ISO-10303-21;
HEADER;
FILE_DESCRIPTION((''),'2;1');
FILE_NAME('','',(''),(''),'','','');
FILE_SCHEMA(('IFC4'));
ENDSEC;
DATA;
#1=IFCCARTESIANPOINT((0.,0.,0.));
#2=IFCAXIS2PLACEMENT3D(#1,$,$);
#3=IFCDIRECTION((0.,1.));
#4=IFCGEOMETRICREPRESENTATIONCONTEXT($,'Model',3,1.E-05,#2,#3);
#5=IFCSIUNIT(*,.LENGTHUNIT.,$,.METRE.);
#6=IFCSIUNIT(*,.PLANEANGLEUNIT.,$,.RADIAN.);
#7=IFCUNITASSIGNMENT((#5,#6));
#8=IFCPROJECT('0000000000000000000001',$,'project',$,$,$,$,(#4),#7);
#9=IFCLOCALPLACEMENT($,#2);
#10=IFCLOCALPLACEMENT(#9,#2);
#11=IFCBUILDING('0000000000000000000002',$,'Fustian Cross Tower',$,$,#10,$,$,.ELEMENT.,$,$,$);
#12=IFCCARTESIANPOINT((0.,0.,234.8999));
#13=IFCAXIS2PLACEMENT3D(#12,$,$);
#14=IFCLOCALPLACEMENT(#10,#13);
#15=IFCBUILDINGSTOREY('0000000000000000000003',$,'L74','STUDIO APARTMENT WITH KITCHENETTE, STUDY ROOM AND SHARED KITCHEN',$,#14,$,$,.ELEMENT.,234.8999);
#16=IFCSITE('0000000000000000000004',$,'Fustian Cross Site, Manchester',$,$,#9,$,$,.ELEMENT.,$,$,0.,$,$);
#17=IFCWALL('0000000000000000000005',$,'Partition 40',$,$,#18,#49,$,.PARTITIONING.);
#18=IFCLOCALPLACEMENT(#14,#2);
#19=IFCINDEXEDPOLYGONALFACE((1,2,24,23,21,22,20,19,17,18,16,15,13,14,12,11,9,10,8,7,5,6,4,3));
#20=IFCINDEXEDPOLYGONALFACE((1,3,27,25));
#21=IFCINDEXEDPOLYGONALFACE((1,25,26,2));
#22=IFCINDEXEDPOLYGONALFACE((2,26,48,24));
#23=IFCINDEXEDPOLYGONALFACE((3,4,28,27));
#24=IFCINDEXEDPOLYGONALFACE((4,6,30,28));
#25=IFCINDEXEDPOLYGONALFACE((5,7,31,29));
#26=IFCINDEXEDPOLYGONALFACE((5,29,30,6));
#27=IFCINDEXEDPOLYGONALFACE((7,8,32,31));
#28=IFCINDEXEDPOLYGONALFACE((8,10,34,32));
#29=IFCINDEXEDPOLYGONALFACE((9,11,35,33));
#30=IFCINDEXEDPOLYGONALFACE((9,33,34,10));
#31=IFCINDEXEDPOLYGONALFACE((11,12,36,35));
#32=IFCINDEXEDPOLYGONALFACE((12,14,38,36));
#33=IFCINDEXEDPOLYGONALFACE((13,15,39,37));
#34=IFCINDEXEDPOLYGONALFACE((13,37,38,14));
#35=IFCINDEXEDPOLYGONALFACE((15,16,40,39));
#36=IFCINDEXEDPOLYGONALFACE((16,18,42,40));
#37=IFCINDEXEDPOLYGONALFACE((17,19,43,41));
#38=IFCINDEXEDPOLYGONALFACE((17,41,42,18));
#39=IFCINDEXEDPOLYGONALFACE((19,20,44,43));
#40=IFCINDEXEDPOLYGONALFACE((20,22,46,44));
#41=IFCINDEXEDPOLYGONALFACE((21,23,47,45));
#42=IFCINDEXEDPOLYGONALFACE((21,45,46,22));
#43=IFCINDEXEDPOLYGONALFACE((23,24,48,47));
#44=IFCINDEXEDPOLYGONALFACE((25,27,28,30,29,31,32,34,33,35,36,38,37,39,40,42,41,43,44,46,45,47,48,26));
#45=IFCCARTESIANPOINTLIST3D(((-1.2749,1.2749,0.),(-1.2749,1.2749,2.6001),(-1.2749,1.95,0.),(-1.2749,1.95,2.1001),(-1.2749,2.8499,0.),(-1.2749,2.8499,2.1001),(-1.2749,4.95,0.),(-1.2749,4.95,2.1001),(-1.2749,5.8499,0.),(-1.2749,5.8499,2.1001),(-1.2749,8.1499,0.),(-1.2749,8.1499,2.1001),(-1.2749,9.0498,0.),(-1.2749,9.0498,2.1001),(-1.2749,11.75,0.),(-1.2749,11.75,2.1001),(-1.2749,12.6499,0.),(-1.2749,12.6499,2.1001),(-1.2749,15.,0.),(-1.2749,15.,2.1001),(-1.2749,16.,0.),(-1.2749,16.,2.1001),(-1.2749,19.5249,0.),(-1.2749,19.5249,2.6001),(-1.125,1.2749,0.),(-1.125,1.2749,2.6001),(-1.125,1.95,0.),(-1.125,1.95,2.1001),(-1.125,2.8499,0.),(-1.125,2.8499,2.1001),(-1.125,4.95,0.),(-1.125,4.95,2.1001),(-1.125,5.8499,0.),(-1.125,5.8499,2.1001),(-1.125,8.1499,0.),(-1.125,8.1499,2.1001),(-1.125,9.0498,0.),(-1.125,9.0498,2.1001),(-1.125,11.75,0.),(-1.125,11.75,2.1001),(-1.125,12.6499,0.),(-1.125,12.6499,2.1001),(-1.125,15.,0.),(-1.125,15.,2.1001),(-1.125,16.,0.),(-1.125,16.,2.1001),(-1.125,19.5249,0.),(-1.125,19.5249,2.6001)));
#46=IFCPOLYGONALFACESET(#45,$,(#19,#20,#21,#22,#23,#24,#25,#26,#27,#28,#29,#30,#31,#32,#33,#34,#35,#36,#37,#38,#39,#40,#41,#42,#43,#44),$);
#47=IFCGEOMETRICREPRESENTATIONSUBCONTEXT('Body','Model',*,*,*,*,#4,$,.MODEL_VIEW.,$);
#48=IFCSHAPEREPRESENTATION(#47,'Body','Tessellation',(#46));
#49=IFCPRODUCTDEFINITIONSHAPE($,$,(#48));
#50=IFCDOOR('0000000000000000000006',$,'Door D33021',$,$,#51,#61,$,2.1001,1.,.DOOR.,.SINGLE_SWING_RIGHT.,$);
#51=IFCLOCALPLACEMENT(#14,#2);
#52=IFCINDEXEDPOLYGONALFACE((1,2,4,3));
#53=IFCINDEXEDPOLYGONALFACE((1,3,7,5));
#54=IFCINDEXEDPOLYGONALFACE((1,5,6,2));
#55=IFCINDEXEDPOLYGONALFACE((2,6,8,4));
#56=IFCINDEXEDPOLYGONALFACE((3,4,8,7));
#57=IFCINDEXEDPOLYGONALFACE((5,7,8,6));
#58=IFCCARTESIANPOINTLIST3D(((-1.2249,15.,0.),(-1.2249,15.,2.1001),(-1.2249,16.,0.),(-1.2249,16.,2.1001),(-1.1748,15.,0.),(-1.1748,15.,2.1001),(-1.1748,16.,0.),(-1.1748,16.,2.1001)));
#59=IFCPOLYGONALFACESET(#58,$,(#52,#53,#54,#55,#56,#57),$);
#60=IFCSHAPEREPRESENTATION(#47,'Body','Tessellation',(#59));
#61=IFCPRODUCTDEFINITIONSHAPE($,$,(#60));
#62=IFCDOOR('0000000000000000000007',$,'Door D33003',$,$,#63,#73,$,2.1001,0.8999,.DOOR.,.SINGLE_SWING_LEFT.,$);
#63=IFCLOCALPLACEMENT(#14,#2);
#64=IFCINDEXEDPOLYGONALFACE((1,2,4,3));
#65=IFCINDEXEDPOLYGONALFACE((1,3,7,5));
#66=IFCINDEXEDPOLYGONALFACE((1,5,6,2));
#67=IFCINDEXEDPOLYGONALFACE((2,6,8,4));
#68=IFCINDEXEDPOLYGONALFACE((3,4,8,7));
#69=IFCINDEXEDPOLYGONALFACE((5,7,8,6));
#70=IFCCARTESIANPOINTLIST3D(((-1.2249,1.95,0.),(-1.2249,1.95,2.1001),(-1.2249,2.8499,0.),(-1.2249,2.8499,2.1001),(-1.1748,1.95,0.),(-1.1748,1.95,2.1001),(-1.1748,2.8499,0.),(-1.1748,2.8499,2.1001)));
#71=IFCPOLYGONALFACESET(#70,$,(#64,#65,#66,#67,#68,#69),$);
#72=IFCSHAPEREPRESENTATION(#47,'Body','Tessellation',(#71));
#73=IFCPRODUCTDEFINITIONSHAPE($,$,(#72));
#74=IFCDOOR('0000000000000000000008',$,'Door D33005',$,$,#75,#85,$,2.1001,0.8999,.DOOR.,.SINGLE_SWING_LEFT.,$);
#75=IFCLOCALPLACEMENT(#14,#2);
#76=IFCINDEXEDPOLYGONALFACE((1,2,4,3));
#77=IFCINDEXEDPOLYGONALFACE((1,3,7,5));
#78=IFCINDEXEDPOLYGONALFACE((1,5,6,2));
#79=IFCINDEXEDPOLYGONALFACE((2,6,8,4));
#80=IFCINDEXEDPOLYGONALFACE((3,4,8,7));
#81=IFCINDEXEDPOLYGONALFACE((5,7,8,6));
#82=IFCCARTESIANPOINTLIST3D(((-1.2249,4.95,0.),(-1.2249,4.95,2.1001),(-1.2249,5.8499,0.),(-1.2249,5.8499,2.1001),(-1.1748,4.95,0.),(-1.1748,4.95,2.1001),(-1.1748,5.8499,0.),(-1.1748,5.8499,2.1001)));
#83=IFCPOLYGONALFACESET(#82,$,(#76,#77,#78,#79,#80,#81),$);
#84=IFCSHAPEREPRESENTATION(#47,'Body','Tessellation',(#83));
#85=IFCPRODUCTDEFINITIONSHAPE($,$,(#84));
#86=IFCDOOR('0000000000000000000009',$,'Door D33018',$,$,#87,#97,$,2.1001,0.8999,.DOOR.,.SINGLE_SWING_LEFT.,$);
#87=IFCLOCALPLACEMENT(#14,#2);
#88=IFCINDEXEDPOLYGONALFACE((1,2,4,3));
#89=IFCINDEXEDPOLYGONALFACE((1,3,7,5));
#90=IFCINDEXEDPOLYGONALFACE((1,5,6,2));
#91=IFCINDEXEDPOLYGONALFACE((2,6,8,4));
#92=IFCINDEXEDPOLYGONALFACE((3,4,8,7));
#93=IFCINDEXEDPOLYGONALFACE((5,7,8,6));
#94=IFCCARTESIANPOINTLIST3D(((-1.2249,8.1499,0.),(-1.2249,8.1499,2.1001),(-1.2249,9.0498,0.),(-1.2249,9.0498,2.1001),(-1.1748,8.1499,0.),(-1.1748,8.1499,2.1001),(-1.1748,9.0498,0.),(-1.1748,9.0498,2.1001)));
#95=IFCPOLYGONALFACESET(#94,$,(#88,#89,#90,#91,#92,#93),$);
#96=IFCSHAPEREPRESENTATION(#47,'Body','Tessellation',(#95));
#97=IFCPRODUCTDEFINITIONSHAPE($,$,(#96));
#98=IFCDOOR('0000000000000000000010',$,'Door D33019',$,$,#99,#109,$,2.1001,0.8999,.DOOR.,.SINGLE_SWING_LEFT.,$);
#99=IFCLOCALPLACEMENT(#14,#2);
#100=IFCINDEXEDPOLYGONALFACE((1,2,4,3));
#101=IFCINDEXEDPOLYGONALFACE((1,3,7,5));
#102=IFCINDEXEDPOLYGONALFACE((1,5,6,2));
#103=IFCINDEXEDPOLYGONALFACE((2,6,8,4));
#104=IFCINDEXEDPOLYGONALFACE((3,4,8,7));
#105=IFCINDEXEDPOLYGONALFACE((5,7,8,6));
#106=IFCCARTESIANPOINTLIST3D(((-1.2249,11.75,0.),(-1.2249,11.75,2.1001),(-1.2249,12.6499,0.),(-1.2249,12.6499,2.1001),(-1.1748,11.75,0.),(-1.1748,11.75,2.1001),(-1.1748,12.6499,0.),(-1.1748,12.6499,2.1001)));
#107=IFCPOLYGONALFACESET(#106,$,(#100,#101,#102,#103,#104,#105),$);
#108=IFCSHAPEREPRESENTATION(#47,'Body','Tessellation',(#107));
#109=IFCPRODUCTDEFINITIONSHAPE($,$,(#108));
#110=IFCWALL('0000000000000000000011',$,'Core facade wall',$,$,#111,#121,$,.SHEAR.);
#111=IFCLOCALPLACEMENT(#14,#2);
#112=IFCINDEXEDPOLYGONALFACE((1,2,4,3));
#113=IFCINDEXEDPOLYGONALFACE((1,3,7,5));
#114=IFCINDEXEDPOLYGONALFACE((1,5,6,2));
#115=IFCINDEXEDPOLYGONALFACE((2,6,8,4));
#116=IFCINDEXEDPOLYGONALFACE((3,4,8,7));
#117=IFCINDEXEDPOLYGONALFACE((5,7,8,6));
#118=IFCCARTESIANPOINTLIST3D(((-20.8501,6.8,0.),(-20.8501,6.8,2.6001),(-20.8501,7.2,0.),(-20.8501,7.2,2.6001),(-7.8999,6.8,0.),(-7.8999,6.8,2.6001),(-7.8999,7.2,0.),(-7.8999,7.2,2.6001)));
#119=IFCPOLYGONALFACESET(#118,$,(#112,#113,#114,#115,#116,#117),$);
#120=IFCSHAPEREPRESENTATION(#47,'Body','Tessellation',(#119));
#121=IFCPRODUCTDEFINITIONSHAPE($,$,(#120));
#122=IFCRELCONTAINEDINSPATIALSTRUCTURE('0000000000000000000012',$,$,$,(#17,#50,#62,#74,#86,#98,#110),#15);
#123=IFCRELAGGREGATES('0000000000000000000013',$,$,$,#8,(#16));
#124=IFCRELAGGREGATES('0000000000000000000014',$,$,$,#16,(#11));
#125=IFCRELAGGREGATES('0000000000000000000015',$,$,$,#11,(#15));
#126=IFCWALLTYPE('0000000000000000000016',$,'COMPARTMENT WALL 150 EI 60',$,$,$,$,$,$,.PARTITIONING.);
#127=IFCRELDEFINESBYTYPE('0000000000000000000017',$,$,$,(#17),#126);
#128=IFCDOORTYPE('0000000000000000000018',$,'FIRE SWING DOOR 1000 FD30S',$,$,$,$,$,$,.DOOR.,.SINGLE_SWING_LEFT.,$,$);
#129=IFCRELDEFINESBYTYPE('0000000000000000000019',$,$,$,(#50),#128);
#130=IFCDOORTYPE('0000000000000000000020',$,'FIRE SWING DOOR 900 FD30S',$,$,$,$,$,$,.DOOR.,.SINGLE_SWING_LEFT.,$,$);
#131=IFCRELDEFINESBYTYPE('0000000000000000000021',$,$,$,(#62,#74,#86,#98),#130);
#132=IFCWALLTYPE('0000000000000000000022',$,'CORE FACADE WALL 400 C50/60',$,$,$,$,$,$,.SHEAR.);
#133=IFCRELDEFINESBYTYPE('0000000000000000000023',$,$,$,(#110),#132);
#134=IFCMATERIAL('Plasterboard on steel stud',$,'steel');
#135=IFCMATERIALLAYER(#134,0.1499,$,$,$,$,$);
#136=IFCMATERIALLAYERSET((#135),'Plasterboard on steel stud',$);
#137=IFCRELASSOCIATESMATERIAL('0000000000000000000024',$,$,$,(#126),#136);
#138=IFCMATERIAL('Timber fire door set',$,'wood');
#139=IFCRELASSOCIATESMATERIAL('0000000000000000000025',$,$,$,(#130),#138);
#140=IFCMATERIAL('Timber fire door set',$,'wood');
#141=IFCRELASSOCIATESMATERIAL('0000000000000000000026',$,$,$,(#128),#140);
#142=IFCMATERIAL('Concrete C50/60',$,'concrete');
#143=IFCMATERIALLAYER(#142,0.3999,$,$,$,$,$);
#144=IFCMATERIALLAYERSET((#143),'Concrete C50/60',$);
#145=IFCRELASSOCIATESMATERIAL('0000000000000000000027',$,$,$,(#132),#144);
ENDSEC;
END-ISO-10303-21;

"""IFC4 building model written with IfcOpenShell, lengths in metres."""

from ifc_helpers import new_model, si_unit, direction, frame, frame_2d, origin, place, context, subcontext, project, spatial, rectangle, extrude, material, layer, layer_set, type_object, element, fill, save


model = new_model("IFC4")

# Units and contexts
model_context = context("Model", 3, precision=1e-05, world=origin(), true_north=direction((0.0, 1.0)))
body_context = subcontext(model_context, "Body", "Model", "MODEL_VIEW")
ifc_project = project(units=[si_unit("LENGTHUNIT", "METRE"), si_unit("PLANEANGLEUNIT", "RADIAN")], contexts=[model_context])

# Site, building, storey
site_placement = place(None, origin())
site = spatial("IfcSite", under=ifc_project, at=site_placement, Name="Fustian Cross Site, Manchester", CompositionType="ELEMENT", RefElevation=0.0)
building_placement = place(site_placement, origin())
building = spatial("IfcBuilding", under=site, at=building_placement, Name="Fustian Cross Tower", CompositionType="ELEMENT")
storey_placement = place(building_placement, frame((0.0, 0.0, 234.8999)))
storey = spatial("IfcBuildingStorey", under=building, at=storey_placement, Name="L74", Description="STUDIO APARTMENT WITH KITCHENETTE, STUDY ROOM AND SHARED KITCHEN", CompositionType="ELEMENT", Elevation=234.8999)

# Shared definitions
ifc_material_1 = material(Name="Plasterboard on steel stud", Category="steel")
ifc_layer_1 = layer(ifc_material_1, 0.1499)
ifc_layer_set_1 = layer_set([ifc_layer_1], Name="Plasterboard on steel stud")
wall_type_1 = type_object("IfcWallType", Name="COMPARTMENT WALL 150 EI 60", PredefinedType="PARTITIONING", material=ifc_layer_set_1)
ifc_material_2 = material(Name="Timber fire door set", Category="wood")
door_type_1 = type_object("IfcDoorType", Name="FIRE SWING DOOR 900 FD30S", OperationType="SINGLE_SWING_LEFT", PredefinedType="DOOR", material=ifc_material_2)

# Wall, openings, doors
wall_1_placement = place(storey_placement, frame((-1.2, 1.2749, 0.0), z_axis=(0.0, 0.0, 1.0), x_axis=(0.0, 1.0, 0.0)))
wall_1 = element("IfcWall", 1, at=wall_1_placement, inside=storey, type_object=wall_type_1, Name="Partition 40", PredefinedType="PARTITIONING", context=body_context, shape_type="SweptSolid", body=[
    extrude(rectangle(XDim=18.25, YDim=0.1499, at=frame_2d((9.125, 0.0))), origin(), (0.0, 0.0, 1.0), 2.6001),
])
opening_1_placement = place(wall_1_placement, frame((0.675, 0.0, 0.0)))
opening_1 = element("IfcOpeningElement", 2, at=opening_1_placement, cuts=wall_1, PredefinedType="OPENING", context=body_context, shape_type="SweptSolid", body=[
    extrude(rectangle(XDim=0.8999, YDim=2.1001, at=frame_2d((0.45, 1.05))), frame((0.0, 0.085, 0.0), z_axis=(0.0, -1.0, 0.0), x_axis=(1.0, 0.0, 0.0)), (0.0, 0.0, 1.0), 0.1699),
])
opening_2_placement = place(wall_1_placement, frame((3.675, 0.0, 0.0)))
opening_2 = element("IfcOpeningElement", 3, at=opening_2_placement, cuts=wall_1, PredefinedType="OPENING", context=body_context, shape_type="SweptSolid", body=[
    extrude(rectangle(XDim=0.8999, YDim=2.1001, at=frame_2d((0.45, 1.05))), frame((0.0, 0.085, 0.0), z_axis=(0.0, -1.0, 0.0), x_axis=(1.0, 0.0, 0.0)), (0.0, 0.0, 1.0), 0.1699),
])
opening_3_placement = place(wall_1_placement, frame((6.875, 0.0, 0.0)))
opening_3 = element("IfcOpeningElement", 4, at=opening_3_placement, cuts=wall_1, PredefinedType="OPENING", context=body_context, shape_type="SweptSolid", body=[
    extrude(rectangle(XDim=0.8999, YDim=2.1001, at=frame_2d((0.45, 1.05))), frame((0.0, 0.085, 0.0), z_axis=(0.0, -1.0, 0.0), x_axis=(1.0, 0.0, 0.0)), (0.0, 0.0, 1.0), 0.1699),
])
opening_4_placement = place(wall_1_placement, frame((10.4751, 0.0, 0.0)))
opening_4 = element("IfcOpeningElement", 5, at=opening_4_placement, cuts=wall_1, PredefinedType="OPENING", context=body_context, shape_type="SweptSolid", body=[
    extrude(rectangle(XDim=0.8999, YDim=2.1001, at=frame_2d((0.45, 1.05))), frame((0.0, 0.085, 0.0), z_axis=(0.0, -1.0, 0.0), x_axis=(1.0, 0.0, 0.0)), (0.0, 0.0, 1.0), 0.1699),
])
opening_5_placement = place(wall_1_placement, frame((13.7251, 0.0, 0.0)))
opening_5 = element("IfcOpeningElement", 6, at=opening_5_placement, cuts=wall_1, PredefinedType="OPENING", context=body_context, shape_type="SweptSolid", body=[
    extrude(rectangle(XDim=1.0, YDim=2.1001, at=frame_2d((0.5, 1.05))), frame((0.0, 0.085, 0.0), z_axis=(0.0, -1.0, 0.0), x_axis=(1.0, 0.0, 0.0)), (0.0, 0.0, 1.0), 0.1699),
])
ifc_material_3 = material(Name="Timber fire door set", Category="wood")
door_type_2 = type_object("IfcDoorType", Name="FIRE SWING DOOR 1000 FD30S", OperationType="SINGLE_SWING_LEFT", PredefinedType="DOOR", material=ifc_material_3)
door_1_placement = place(opening_5_placement, origin())
door_1 = element("IfcDoor", 7, at=door_1_placement, inside=storey, type_object=door_type_2, Name="Door D33021", OperationType="SINGLE_SWING_RIGHT", OverallHeight=2.1001, OverallWidth=1.0, PredefinedType="DOOR", context=body_context, shape_type="SweptSolid", body=[
    extrude(rectangle(XDim=1.0, YDim=2.1001, at=frame_2d((0.5, 1.05))), frame((0.0, 0.0249, 0.0), z_axis=(0.0, -1.0, 0.0), x_axis=(1.0, 0.0, 0.0)), (0.0, 0.0, 1.0), 0.05),
])
fill(opening_5, door_1)
door_2_placement = place(opening_1_placement, origin())
door_2 = element("IfcDoor", 8, at=door_2_placement, inside=storey, type_object=door_type_1, Name="Door D33003", OperationType="SINGLE_SWING_LEFT", OverallHeight=2.1001, OverallWidth=0.8999, PredefinedType="DOOR", context=body_context, shape_type="SweptSolid", body=[
    extrude(rectangle(XDim=0.8999, YDim=2.1001, at=frame_2d((0.45, 1.05))), frame((0.0, 0.0249, 0.0), z_axis=(0.0, -1.0, 0.0), x_axis=(1.0, 0.0, 0.0)), (0.0, 0.0, 1.0), 0.05),
])
fill(opening_1, door_2)
door_3_placement = place(opening_2_placement, origin())
door_3 = element("IfcDoor", 9, at=door_3_placement, inside=storey, type_object=door_type_1, Name="Door D33005", OperationType="SINGLE_SWING_LEFT", OverallHeight=2.1001, OverallWidth=0.8999, PredefinedType="DOOR", context=body_context, shape_type="SweptSolid", body=[
    extrude(rectangle(XDim=0.8999, YDim=2.1001, at=frame_2d((0.45, 1.05))), frame((0.0, 0.0249, 0.0), z_axis=(0.0, -1.0, 0.0), x_axis=(1.0, 0.0, 0.0)), (0.0, 0.0, 1.0), 0.05),
])
fill(opening_2, door_3)
door_4_placement = place(opening_3_placement, origin())
door_4 = element("IfcDoor", 10, at=door_4_placement, inside=storey, type_object=door_type_1, Name="Door D33018", OperationType="SINGLE_SWING_LEFT", OverallHeight=2.1001, OverallWidth=0.8999, PredefinedType="DOOR", context=body_context, shape_type="SweptSolid", body=[
    extrude(rectangle(XDim=0.8999, YDim=2.1001, at=frame_2d((0.45, 1.05))), frame((0.0, 0.0249, 0.0), z_axis=(0.0, -1.0, 0.0), x_axis=(1.0, 0.0, 0.0)), (0.0, 0.0, 1.0), 0.05),
])
fill(opening_3, door_4)
door_5_placement = place(opening_4_placement, origin())
door_5 = element("IfcDoor", 11, at=door_5_placement, inside=storey, type_object=door_type_1, Name="Door D33019", OperationType="SINGLE_SWING_LEFT", OverallHeight=2.1001, OverallWidth=0.8999, PredefinedType="DOOR", context=body_context, shape_type="SweptSolid", body=[
    extrude(rectangle(XDim=0.8999, YDim=2.1001, at=frame_2d((0.45, 1.05))), frame((0.0, 0.0249, 0.0), z_axis=(0.0, -1.0, 0.0), x_axis=(1.0, 0.0, 0.0)), (0.0, 0.0, 1.0), 0.05),
])
fill(opening_4, door_5)

# Wall
ifc_material_4 = material(Name="Concrete C50/60", Category="concrete")
ifc_layer_2 = layer(ifc_material_4, 0.3999)
ifc_layer_set_2 = layer_set([ifc_layer_2], Name="Concrete C50/60")
wall_type_2 = type_object("IfcWallType", Name="CORE FACADE WALL 400 C50/60", PredefinedType="SHEAR", material=ifc_layer_set_2)
wall_2_placement = place(storey_placement, frame((-7.8999, 7.0, 0.0), z_axis=(0.0, 0.0, 1.0), x_axis=(-1.0, 0.0, 0.0)))
element("IfcWall", 12, at=wall_2_placement, inside=storey, type_object=wall_type_2, Name="Core facade wall", PredefinedType="SHEAR", context=body_context, shape_type="SweptSolid", body=[
    extrude(rectangle(XDim=12.9502, YDim=0.3999, at=frame_2d((6.4751, 0.0))), origin(), (0.0, 0.0, 1.0), 2.6001),
])

save(model, "model.ifc")
